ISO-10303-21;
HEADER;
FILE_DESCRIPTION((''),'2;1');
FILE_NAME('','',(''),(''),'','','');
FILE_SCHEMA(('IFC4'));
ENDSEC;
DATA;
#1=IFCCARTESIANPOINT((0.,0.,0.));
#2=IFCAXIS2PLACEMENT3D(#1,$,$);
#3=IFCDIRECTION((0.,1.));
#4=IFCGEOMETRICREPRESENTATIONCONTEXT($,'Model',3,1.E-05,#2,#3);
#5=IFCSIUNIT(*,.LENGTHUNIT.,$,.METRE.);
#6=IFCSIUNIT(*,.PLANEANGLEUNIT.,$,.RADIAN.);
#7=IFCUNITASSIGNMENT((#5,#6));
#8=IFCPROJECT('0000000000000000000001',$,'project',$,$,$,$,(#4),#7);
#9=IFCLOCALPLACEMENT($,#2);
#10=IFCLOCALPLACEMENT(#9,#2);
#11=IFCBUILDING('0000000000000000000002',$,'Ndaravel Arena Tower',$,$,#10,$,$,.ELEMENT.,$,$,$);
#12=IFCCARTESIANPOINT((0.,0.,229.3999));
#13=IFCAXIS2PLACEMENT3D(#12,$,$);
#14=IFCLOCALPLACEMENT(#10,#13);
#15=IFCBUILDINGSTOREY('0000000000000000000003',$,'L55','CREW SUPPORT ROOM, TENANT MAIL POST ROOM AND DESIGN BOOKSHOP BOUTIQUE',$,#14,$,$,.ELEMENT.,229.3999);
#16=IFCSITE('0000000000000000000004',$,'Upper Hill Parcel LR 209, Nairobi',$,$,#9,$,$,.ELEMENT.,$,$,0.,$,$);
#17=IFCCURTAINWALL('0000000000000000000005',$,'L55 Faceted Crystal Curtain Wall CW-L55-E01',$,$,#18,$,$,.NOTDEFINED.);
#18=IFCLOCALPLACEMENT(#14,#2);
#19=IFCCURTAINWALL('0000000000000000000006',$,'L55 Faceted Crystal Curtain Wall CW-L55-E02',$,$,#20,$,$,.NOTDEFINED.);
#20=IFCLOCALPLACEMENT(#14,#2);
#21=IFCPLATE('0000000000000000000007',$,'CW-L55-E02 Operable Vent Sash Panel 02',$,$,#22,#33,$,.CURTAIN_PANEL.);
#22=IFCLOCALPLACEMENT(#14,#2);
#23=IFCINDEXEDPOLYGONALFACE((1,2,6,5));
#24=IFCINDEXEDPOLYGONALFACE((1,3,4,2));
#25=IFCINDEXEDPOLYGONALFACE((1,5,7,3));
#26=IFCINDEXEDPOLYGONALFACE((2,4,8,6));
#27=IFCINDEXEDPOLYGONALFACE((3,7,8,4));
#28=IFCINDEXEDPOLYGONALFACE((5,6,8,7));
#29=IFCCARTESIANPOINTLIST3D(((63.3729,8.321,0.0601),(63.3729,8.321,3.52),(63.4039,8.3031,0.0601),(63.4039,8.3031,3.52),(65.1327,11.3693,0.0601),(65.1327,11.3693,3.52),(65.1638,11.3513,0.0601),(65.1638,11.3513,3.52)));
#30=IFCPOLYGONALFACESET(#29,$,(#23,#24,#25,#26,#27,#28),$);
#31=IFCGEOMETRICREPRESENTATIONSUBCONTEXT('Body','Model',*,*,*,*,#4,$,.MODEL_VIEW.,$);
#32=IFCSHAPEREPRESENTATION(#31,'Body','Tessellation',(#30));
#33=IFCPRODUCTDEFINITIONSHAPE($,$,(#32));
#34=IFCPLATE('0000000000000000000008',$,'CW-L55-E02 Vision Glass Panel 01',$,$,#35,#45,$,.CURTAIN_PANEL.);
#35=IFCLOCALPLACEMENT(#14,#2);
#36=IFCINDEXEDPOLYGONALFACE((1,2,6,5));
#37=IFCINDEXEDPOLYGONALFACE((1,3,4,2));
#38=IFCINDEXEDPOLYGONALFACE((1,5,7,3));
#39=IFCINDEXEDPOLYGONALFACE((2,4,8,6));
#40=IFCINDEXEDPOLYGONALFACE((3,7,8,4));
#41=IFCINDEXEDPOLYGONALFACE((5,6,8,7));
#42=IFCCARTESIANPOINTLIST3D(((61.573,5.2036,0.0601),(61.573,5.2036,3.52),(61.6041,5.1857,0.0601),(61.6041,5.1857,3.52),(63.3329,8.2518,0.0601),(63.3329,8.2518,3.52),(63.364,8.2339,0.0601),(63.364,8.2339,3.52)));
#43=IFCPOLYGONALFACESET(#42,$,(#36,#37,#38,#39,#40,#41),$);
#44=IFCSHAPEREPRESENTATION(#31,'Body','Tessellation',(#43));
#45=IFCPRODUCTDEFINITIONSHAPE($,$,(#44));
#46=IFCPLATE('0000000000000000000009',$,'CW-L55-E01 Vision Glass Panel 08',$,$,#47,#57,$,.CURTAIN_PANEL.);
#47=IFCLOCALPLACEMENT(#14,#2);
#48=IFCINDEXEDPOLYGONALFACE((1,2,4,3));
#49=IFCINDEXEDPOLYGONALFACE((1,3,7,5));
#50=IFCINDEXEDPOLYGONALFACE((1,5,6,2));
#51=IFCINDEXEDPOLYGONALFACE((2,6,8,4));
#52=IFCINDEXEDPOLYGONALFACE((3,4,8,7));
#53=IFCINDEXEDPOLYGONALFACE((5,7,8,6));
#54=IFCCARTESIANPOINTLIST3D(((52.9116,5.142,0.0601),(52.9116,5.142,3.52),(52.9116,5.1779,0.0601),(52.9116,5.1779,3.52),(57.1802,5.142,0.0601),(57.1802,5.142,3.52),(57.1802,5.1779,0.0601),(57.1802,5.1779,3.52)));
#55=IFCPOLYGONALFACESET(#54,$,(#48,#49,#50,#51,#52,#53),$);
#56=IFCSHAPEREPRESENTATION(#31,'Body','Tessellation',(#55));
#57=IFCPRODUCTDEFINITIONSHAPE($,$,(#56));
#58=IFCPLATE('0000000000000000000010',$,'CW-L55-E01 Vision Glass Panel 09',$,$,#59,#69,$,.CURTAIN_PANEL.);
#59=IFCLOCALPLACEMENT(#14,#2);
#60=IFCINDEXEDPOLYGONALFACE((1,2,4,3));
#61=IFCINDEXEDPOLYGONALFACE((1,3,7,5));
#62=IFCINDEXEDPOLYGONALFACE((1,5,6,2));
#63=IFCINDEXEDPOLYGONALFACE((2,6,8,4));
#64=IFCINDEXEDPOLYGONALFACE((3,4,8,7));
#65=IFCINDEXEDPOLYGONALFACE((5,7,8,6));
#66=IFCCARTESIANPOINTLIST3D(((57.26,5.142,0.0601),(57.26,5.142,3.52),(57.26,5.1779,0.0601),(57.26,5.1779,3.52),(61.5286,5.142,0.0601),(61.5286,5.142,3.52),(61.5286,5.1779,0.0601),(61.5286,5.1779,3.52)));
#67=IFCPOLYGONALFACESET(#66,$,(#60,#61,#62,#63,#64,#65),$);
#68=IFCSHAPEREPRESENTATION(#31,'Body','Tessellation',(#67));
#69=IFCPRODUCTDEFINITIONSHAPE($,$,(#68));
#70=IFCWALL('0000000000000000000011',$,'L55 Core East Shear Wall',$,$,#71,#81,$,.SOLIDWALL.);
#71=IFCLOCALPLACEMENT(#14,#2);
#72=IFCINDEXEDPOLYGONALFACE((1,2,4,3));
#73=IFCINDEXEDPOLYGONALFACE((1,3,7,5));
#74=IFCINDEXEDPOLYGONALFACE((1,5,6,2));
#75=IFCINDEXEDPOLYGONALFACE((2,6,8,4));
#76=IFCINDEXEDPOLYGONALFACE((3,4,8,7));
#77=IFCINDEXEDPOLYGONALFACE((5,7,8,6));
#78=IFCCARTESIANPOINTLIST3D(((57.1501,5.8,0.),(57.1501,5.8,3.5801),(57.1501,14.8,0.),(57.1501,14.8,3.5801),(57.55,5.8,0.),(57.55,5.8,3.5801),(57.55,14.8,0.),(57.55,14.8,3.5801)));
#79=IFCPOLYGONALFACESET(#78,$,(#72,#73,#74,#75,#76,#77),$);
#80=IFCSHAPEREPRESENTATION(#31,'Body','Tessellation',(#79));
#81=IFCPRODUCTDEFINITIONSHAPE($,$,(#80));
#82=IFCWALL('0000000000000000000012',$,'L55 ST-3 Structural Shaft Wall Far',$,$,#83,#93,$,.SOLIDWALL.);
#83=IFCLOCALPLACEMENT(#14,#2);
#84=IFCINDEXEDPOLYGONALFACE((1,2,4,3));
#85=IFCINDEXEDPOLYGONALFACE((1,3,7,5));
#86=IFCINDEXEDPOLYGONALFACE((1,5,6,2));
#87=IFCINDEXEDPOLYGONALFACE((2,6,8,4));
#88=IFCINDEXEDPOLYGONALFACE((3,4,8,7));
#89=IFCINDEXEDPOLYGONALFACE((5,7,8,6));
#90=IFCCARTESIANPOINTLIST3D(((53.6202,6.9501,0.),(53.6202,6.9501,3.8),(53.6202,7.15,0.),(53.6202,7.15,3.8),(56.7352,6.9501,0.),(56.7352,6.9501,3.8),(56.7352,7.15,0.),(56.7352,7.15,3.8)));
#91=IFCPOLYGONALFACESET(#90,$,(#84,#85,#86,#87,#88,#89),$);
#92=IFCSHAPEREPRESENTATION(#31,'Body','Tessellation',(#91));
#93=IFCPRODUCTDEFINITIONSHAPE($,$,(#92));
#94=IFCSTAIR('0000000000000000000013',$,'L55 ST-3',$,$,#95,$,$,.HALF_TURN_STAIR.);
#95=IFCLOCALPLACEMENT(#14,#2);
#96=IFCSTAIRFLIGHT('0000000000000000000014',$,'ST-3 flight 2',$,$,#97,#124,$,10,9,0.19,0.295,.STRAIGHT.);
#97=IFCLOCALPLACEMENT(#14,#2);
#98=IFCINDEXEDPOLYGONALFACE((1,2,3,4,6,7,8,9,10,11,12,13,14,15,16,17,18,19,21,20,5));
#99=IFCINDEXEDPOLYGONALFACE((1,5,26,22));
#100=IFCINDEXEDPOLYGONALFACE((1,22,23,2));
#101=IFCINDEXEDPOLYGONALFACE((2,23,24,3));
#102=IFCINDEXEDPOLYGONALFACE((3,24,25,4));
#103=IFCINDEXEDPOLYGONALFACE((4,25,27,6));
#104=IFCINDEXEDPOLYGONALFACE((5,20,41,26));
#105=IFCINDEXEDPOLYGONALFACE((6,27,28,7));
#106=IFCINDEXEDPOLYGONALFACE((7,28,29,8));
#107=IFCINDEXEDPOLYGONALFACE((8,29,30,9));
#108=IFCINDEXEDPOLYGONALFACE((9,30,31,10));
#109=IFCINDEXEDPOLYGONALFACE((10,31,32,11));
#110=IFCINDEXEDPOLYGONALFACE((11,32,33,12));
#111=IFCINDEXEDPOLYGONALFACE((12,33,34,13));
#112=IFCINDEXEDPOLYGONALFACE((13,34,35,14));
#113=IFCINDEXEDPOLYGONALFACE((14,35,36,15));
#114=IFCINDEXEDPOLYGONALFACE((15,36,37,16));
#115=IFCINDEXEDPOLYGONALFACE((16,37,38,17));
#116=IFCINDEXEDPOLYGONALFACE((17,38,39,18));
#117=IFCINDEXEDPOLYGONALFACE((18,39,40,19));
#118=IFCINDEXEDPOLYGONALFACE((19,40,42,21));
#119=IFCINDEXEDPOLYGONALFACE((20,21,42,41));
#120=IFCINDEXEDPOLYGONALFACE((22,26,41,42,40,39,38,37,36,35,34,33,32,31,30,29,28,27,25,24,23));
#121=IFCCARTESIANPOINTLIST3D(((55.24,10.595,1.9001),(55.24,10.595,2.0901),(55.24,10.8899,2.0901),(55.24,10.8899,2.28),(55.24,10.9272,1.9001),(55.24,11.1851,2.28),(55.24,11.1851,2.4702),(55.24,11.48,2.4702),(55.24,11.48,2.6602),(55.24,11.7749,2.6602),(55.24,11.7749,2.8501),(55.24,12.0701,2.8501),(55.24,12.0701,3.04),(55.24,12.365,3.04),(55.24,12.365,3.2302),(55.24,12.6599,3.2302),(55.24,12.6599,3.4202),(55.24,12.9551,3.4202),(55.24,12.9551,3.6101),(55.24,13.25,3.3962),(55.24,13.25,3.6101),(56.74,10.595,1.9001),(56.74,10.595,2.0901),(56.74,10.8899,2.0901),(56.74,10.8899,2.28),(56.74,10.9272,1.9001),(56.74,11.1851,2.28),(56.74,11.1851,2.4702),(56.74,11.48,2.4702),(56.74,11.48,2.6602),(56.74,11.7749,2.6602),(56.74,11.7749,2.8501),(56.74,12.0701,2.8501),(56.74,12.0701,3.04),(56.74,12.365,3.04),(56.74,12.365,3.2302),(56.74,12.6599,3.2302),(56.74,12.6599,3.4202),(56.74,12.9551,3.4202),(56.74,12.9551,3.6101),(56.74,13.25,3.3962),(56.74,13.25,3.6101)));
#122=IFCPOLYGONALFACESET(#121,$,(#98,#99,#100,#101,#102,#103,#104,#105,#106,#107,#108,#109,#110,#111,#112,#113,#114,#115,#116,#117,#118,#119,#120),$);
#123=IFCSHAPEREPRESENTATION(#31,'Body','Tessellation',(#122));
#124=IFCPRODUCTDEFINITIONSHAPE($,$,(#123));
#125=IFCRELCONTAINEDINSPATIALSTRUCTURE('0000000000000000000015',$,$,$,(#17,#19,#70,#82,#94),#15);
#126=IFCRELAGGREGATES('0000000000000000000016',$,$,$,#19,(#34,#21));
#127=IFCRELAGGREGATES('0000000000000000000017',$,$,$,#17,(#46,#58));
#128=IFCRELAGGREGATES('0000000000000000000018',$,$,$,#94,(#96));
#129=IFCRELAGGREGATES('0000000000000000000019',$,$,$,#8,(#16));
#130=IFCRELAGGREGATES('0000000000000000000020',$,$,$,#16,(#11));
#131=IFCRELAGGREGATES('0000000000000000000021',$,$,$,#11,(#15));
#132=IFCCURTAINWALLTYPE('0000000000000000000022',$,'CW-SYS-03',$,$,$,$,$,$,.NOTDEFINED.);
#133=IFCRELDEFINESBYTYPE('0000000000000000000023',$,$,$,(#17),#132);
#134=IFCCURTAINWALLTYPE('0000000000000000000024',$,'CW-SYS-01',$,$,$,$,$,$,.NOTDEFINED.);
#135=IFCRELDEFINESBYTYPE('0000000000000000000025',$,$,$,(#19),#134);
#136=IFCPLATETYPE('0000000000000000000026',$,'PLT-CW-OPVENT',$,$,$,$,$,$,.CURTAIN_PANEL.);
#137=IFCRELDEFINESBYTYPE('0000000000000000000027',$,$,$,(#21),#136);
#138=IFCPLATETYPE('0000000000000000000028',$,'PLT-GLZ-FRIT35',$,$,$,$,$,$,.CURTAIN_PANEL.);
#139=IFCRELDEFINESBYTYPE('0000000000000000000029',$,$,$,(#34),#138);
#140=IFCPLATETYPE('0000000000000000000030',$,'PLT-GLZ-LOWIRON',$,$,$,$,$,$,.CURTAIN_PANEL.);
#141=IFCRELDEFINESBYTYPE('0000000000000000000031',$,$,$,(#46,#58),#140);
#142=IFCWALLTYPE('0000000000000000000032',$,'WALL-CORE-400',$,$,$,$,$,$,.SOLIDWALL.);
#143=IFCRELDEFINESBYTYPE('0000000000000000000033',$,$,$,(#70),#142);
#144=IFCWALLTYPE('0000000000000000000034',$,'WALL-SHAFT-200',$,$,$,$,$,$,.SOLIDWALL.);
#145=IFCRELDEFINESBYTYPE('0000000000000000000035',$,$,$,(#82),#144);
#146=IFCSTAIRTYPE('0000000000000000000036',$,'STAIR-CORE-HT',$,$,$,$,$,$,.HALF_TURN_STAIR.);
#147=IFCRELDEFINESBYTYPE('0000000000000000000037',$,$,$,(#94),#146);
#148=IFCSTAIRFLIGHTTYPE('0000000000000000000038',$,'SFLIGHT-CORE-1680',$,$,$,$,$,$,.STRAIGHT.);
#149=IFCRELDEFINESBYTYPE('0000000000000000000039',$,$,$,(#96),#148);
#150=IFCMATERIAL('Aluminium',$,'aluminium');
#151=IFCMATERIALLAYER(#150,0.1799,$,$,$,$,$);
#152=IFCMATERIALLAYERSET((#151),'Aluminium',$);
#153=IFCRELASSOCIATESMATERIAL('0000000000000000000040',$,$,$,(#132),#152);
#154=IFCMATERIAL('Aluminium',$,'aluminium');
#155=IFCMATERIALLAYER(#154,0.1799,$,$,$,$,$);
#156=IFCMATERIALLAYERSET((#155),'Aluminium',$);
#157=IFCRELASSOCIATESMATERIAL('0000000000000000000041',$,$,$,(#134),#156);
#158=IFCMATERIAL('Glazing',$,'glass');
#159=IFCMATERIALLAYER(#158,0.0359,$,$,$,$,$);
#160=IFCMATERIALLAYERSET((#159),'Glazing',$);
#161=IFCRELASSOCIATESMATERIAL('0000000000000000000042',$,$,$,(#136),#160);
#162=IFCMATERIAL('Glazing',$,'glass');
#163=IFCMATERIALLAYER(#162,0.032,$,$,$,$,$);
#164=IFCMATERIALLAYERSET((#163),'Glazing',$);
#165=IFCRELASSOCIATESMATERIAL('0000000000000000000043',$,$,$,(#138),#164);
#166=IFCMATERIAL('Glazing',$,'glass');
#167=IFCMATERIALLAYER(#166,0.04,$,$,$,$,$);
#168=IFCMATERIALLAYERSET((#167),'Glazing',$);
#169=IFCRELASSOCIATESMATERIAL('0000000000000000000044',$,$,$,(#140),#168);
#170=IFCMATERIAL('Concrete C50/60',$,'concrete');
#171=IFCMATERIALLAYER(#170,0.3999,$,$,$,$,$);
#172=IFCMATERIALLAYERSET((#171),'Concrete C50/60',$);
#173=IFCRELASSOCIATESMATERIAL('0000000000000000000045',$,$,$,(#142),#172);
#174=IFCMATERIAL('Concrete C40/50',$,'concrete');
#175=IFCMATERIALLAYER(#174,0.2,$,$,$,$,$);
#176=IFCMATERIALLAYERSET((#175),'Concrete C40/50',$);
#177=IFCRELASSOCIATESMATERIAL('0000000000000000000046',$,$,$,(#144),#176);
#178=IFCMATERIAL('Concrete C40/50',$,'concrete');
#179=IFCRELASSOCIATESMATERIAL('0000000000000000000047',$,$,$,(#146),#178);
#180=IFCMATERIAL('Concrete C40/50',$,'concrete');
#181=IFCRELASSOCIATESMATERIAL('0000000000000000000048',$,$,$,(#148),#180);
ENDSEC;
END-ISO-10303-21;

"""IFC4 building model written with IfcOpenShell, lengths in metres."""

from ifc_helpers import new_model, si_unit, direction, frame, frame_2d, origin, origin_2d, place, context, subcontext, project, spatial, polyline, rectangle, outline, extrude, material, layer, layer_set, type_object, element, aggregate, save


model = new_model("IFC4")

# Units and contexts
model_context = context("Model", 3, precision=1e-05, world=origin(), true_north=direction((0.0, 1.0)))
body_context = subcontext(model_context, "Body", "Model", "MODEL_VIEW")
ifc_project = project(units=[si_unit("LENGTHUNIT", "METRE"), si_unit("PLANEANGLEUNIT", "RADIAN")], contexts=[model_context])

# Site, building, storey
site_placement = place(None, origin())
site = spatial("IfcSite", under=ifc_project, at=site_placement, Name="Upper Hill Parcel LR 209, Nairobi", CompositionType="ELEMENT", RefElevation=0.0)
building_placement = place(site_placement, origin())
building = spatial("IfcBuilding", under=site, at=building_placement, Name="Ndaravel Arena Tower", CompositionType="ELEMENT")
storey_placement = place(building_placement, frame((0.0, 0.0, 229.3999)))
storey = spatial("IfcBuildingStorey", under=building, at=storey_placement, Name="L55", Description="CREW SUPPORT ROOM, TENANT MAIL POST ROOM AND DESIGN BOOKSHOP BOUTIQUE", CompositionType="ELEMENT", Elevation=229.3999)

# Curtain wall
ifc_material_1 = material(Name="Aluminium", Category="aluminium")
ifc_layer_1 = layer(ifc_material_1, 0.1799)
ifc_layer_set_1 = layer_set([ifc_layer_1], Name="Aluminium")
curtain_wall_type_1 = type_object("IfcCurtainWallType", Name="CW-SYS-03", PredefinedType="NOTDEFINED", material=ifc_layer_set_1)
curtain_wall_1_placement = place(storey_placement, origin())
curtain_wall_1 = element("IfcCurtainWall", 1, at=curtain_wall_1_placement, inside=storey, type_object=curtain_wall_type_1, Name="L55 Faceted Crystal Curtain Wall CW-L55-E01", PredefinedType="NOTDEFINED")

# Curtain wall
ifc_material_2 = material(Name="Aluminium", Category="aluminium")
ifc_layer_2 = layer(ifc_material_2, 0.1799)
ifc_layer_set_2 = layer_set([ifc_layer_2], Name="Aluminium")
curtain_wall_type_2 = type_object("IfcCurtainWallType", Name="CW-SYS-01", PredefinedType="NOTDEFINED", material=ifc_layer_set_2)
curtain_wall_2_placement = place(storey_placement, origin())
curtain_wall_2 = element("IfcCurtainWall", 2, at=curtain_wall_2_placement, inside=storey, type_object=curtain_wall_type_2, Name="L55 Faceted Crystal Curtain Wall CW-L55-E02", PredefinedType="NOTDEFINED")

# Plates
ifc_material_3 = material(Name="Glazing", Category="glass")
ifc_layer_3 = layer(ifc_material_3, 0.0359)
ifc_layer_set_3 = layer_set([ifc_layer_3], Name="Glazing")
plate_type_1 = type_object("IfcPlateType", Name="PLT-CW-OPVENT", PredefinedType="CURTAIN_PANEL", material=ifc_layer_set_3)
plate_1_placement = place(storey_placement, frame((64.2683, 9.8362, 0.0601), z_axis=(0.0, 0.0, 1.0), x_axis=(0.499985, 0.866034, 0.0)))
plate_1 = element("IfcPlate", 3, at=plate_1_placement, type_object=plate_type_1, Name="CW-L55-E02 Operable Vent Sash Panel 02", PredefinedType="CURTAIN_PANEL", context=body_context, shape_type="SweptSolid", body=[
    extrude(rectangle(XDim=3.5198, YDim=0.0359, at=origin_2d()), origin(), (0.0, 0.0, 1.0), 3.46),
])
ifc_material_4 = material(Name="Glazing", Category="glass")
ifc_layer_4 = layer(ifc_material_4, 0.032)
ifc_layer_set_4 = layer_set([ifc_layer_4], Name="Glazing")
plate_type_2 = type_object("IfcPlateType", Name="PLT-GLZ-FRIT35", PredefinedType="CURTAIN_PANEL", material=ifc_layer_set_4)
plate_2_placement = place(storey_placement, frame((62.4685, 6.7188, 0.0601), z_axis=(0.0, 0.0, 1.0), x_axis=(0.499985, 0.866034, 0.0)))
plate_2 = element("IfcPlate", 4, at=plate_2_placement, type_object=plate_type_2, Name="CW-L55-E02 Vision Glass Panel 01", PredefinedType="CURTAIN_PANEL", context=body_context, shape_type="SweptSolid", body=[
    extrude(rectangle(XDim=3.5198, YDim=0.0359, at=origin_2d()), origin(), (0.0, 0.0, 1.0), 3.46),
])
aggregate(curtain_wall_2, [plate_2, plate_1])
ifc_material_5 = material(Name="Glazing", Category="glass")
ifc_layer_5 = layer(ifc_material_5, 0.04)
ifc_layer_set_5 = layer_set([ifc_layer_5], Name="Glazing")
plate_type_3 = type_object("IfcPlateType", Name="PLT-GLZ-LOWIRON", PredefinedType="CURTAIN_PANEL", material=ifc_layer_set_5)
plate_3_placement = place(storey_placement, frame((55.0459, 5.1599, 0.0601), z_axis=(0.0, 0.0, 1.0), x_axis=(1.0, 0.0, 0.0)))
plate_3 = element("IfcPlate", 5, at=plate_3_placement, type_object=plate_type_3, Name="CW-L55-E01 Vision Glass Panel 08", PredefinedType="CURTAIN_PANEL", context=body_context, shape_type="SweptSolid", body=[
    extrude(rectangle(XDim=4.2686, YDim=0.0359, at=origin_2d()), origin(), (0.0, 0.0, 1.0), 3.46),
])
plate_4_placement = place(storey_placement, frame((59.3943, 5.1599, 0.0601), z_axis=(0.0, 0.0, 1.0), x_axis=(1.0, 0.0, 0.0)))
plate_4 = element("IfcPlate", 6, at=plate_4_placement, type_object=plate_type_3, Name="CW-L55-E01 Vision Glass Panel 09", PredefinedType="CURTAIN_PANEL", context=body_context, shape_type="SweptSolid", body=[
    extrude(rectangle(XDim=4.2686, YDim=0.0359, at=origin_2d()), origin(), (0.0, 0.0, 1.0), 3.46),
])
aggregate(curtain_wall_1, [plate_3, plate_4])

# Walls
ifc_material_6 = material(Name="Concrete C50/60", Category="concrete")
ifc_layer_6 = layer(ifc_material_6, 0.3999)
ifc_layer_set_6 = layer_set([ifc_layer_6], Name="Concrete C50/60")
wall_type_1 = type_object("IfcWallType", Name="WALL-CORE-400", PredefinedType="SOLIDWALL", material=ifc_layer_set_6)
wall_1_placement = place(storey_placement, frame((57.3501, 5.8, 0.0), z_axis=(0.0, 0.0, 1.0), x_axis=(0.0, 1.0, 0.0)))
element("IfcWall", 7, at=wall_1_placement, inside=storey, type_object=wall_type_1, Name="L55 Core East Shear Wall", PredefinedType="SOLIDWALL", context=body_context, shape_type="SweptSolid", body=[
    extrude(rectangle(XDim=9.0, YDim=0.3999, at=frame_2d((4.5, 0.0))), origin(), (0.0, 0.0, 1.0), 3.5801),
])
ifc_material_7 = material(Name="Concrete C40/50", Category="concrete")
ifc_layer_7 = layer(ifc_material_7, 0.2)
ifc_layer_set_7 = layer_set([ifc_layer_7], Name="Concrete C40/50")
wall_type_2 = type_object("IfcWallType", Name="WALL-SHAFT-200", PredefinedType="SOLIDWALL", material=ifc_layer_set_7)
wall_2_placement = place(storey_placement, frame((53.6201, 7.05, 0.0), z_axis=(0.0, 0.0, 1.0), x_axis=(1.0, 0.0, 0.0)))
element("IfcWall", 8, at=wall_2_placement, inside=storey, type_object=wall_type_2, Name="L55 ST-3 Structural Shaft Wall Far", PredefinedType="SOLIDWALL", context=body_context, shape_type="SweptSolid", body=[
    extrude(rectangle(XDim=3.115, YDim=0.2, at=frame_2d((1.5576, 0.0))), origin(), (0.0, 0.0, 1.0), 3.8),
])

# Stair, stair flight
ifc_material_8 = material(Name="Concrete C40/50", Category="concrete")
stair_type = type_object("IfcStairType", Name="STAIR-CORE-HT", PredefinedType="HALF_TURN_STAIR", material=ifc_material_8)
stair_placement = place(storey_placement, origin())
stair = element("IfcStair", 9, at=stair_placement, inside=storey, type_object=stair_type, Name="L55 ST-3", PredefinedType="HALF_TURN_STAIR")
ifc_material_9 = material(Name="Concrete C40/50", Category="concrete")
stair_flight_type = type_object("IfcStairFlightType", Name="SFLIGHT-CORE-1680", PredefinedType="STRAIGHT", material=ifc_material_9)
stair_flight_placement = place(storey_placement, frame((55.99, 10.595, 1.9001), z_axis=(0.0, 0.0, 1.0), x_axis=(0.0, 1.0, 0.0)))
stair_flight = element("IfcStairFlight", 10, at=stair_flight_placement, type_object=stair_flight_type, Name="ST-3 flight 2", NumberOfRisers=10, NumberOfTreads=9, PredefinedType="STRAIGHT", RiserHeight=0.19, TreadLength=0.295, context=body_context, shape_type="SweptSolid", body=[
    extrude(outline(polyline([(0.0, 0.0), (0.0, 0.1899), (0.2949, 0.1899), (0.2949, 0.3799), (0.5901, 0.3799), (0.5901, 0.5701), (0.885, 0.5701), (0.885, 0.76), (1.1799, 0.76), (1.1799, 0.95), (1.4751, 0.95), (1.4751, 1.1399), (1.77, 1.1399), (1.77, 1.3301), (2.0649, 1.3301), (2.0649, 1.52), (2.3601, 1.52), (2.3601, 1.71), (2.655, 1.71), (2.655, 1.8999), (2.655, 1.4961), (0.3323, 0.0), (0.0, 0.0)])), frame((0.0, 0.75, 0.0), z_axis=(0.0, -1.0, 0.0), x_axis=(1.0, 0.0, 0.0)), (0.0, 0.0, 1.0), 1.5),
])
aggregate(stair, [stair_flight])

save(model, "model.ifc")
